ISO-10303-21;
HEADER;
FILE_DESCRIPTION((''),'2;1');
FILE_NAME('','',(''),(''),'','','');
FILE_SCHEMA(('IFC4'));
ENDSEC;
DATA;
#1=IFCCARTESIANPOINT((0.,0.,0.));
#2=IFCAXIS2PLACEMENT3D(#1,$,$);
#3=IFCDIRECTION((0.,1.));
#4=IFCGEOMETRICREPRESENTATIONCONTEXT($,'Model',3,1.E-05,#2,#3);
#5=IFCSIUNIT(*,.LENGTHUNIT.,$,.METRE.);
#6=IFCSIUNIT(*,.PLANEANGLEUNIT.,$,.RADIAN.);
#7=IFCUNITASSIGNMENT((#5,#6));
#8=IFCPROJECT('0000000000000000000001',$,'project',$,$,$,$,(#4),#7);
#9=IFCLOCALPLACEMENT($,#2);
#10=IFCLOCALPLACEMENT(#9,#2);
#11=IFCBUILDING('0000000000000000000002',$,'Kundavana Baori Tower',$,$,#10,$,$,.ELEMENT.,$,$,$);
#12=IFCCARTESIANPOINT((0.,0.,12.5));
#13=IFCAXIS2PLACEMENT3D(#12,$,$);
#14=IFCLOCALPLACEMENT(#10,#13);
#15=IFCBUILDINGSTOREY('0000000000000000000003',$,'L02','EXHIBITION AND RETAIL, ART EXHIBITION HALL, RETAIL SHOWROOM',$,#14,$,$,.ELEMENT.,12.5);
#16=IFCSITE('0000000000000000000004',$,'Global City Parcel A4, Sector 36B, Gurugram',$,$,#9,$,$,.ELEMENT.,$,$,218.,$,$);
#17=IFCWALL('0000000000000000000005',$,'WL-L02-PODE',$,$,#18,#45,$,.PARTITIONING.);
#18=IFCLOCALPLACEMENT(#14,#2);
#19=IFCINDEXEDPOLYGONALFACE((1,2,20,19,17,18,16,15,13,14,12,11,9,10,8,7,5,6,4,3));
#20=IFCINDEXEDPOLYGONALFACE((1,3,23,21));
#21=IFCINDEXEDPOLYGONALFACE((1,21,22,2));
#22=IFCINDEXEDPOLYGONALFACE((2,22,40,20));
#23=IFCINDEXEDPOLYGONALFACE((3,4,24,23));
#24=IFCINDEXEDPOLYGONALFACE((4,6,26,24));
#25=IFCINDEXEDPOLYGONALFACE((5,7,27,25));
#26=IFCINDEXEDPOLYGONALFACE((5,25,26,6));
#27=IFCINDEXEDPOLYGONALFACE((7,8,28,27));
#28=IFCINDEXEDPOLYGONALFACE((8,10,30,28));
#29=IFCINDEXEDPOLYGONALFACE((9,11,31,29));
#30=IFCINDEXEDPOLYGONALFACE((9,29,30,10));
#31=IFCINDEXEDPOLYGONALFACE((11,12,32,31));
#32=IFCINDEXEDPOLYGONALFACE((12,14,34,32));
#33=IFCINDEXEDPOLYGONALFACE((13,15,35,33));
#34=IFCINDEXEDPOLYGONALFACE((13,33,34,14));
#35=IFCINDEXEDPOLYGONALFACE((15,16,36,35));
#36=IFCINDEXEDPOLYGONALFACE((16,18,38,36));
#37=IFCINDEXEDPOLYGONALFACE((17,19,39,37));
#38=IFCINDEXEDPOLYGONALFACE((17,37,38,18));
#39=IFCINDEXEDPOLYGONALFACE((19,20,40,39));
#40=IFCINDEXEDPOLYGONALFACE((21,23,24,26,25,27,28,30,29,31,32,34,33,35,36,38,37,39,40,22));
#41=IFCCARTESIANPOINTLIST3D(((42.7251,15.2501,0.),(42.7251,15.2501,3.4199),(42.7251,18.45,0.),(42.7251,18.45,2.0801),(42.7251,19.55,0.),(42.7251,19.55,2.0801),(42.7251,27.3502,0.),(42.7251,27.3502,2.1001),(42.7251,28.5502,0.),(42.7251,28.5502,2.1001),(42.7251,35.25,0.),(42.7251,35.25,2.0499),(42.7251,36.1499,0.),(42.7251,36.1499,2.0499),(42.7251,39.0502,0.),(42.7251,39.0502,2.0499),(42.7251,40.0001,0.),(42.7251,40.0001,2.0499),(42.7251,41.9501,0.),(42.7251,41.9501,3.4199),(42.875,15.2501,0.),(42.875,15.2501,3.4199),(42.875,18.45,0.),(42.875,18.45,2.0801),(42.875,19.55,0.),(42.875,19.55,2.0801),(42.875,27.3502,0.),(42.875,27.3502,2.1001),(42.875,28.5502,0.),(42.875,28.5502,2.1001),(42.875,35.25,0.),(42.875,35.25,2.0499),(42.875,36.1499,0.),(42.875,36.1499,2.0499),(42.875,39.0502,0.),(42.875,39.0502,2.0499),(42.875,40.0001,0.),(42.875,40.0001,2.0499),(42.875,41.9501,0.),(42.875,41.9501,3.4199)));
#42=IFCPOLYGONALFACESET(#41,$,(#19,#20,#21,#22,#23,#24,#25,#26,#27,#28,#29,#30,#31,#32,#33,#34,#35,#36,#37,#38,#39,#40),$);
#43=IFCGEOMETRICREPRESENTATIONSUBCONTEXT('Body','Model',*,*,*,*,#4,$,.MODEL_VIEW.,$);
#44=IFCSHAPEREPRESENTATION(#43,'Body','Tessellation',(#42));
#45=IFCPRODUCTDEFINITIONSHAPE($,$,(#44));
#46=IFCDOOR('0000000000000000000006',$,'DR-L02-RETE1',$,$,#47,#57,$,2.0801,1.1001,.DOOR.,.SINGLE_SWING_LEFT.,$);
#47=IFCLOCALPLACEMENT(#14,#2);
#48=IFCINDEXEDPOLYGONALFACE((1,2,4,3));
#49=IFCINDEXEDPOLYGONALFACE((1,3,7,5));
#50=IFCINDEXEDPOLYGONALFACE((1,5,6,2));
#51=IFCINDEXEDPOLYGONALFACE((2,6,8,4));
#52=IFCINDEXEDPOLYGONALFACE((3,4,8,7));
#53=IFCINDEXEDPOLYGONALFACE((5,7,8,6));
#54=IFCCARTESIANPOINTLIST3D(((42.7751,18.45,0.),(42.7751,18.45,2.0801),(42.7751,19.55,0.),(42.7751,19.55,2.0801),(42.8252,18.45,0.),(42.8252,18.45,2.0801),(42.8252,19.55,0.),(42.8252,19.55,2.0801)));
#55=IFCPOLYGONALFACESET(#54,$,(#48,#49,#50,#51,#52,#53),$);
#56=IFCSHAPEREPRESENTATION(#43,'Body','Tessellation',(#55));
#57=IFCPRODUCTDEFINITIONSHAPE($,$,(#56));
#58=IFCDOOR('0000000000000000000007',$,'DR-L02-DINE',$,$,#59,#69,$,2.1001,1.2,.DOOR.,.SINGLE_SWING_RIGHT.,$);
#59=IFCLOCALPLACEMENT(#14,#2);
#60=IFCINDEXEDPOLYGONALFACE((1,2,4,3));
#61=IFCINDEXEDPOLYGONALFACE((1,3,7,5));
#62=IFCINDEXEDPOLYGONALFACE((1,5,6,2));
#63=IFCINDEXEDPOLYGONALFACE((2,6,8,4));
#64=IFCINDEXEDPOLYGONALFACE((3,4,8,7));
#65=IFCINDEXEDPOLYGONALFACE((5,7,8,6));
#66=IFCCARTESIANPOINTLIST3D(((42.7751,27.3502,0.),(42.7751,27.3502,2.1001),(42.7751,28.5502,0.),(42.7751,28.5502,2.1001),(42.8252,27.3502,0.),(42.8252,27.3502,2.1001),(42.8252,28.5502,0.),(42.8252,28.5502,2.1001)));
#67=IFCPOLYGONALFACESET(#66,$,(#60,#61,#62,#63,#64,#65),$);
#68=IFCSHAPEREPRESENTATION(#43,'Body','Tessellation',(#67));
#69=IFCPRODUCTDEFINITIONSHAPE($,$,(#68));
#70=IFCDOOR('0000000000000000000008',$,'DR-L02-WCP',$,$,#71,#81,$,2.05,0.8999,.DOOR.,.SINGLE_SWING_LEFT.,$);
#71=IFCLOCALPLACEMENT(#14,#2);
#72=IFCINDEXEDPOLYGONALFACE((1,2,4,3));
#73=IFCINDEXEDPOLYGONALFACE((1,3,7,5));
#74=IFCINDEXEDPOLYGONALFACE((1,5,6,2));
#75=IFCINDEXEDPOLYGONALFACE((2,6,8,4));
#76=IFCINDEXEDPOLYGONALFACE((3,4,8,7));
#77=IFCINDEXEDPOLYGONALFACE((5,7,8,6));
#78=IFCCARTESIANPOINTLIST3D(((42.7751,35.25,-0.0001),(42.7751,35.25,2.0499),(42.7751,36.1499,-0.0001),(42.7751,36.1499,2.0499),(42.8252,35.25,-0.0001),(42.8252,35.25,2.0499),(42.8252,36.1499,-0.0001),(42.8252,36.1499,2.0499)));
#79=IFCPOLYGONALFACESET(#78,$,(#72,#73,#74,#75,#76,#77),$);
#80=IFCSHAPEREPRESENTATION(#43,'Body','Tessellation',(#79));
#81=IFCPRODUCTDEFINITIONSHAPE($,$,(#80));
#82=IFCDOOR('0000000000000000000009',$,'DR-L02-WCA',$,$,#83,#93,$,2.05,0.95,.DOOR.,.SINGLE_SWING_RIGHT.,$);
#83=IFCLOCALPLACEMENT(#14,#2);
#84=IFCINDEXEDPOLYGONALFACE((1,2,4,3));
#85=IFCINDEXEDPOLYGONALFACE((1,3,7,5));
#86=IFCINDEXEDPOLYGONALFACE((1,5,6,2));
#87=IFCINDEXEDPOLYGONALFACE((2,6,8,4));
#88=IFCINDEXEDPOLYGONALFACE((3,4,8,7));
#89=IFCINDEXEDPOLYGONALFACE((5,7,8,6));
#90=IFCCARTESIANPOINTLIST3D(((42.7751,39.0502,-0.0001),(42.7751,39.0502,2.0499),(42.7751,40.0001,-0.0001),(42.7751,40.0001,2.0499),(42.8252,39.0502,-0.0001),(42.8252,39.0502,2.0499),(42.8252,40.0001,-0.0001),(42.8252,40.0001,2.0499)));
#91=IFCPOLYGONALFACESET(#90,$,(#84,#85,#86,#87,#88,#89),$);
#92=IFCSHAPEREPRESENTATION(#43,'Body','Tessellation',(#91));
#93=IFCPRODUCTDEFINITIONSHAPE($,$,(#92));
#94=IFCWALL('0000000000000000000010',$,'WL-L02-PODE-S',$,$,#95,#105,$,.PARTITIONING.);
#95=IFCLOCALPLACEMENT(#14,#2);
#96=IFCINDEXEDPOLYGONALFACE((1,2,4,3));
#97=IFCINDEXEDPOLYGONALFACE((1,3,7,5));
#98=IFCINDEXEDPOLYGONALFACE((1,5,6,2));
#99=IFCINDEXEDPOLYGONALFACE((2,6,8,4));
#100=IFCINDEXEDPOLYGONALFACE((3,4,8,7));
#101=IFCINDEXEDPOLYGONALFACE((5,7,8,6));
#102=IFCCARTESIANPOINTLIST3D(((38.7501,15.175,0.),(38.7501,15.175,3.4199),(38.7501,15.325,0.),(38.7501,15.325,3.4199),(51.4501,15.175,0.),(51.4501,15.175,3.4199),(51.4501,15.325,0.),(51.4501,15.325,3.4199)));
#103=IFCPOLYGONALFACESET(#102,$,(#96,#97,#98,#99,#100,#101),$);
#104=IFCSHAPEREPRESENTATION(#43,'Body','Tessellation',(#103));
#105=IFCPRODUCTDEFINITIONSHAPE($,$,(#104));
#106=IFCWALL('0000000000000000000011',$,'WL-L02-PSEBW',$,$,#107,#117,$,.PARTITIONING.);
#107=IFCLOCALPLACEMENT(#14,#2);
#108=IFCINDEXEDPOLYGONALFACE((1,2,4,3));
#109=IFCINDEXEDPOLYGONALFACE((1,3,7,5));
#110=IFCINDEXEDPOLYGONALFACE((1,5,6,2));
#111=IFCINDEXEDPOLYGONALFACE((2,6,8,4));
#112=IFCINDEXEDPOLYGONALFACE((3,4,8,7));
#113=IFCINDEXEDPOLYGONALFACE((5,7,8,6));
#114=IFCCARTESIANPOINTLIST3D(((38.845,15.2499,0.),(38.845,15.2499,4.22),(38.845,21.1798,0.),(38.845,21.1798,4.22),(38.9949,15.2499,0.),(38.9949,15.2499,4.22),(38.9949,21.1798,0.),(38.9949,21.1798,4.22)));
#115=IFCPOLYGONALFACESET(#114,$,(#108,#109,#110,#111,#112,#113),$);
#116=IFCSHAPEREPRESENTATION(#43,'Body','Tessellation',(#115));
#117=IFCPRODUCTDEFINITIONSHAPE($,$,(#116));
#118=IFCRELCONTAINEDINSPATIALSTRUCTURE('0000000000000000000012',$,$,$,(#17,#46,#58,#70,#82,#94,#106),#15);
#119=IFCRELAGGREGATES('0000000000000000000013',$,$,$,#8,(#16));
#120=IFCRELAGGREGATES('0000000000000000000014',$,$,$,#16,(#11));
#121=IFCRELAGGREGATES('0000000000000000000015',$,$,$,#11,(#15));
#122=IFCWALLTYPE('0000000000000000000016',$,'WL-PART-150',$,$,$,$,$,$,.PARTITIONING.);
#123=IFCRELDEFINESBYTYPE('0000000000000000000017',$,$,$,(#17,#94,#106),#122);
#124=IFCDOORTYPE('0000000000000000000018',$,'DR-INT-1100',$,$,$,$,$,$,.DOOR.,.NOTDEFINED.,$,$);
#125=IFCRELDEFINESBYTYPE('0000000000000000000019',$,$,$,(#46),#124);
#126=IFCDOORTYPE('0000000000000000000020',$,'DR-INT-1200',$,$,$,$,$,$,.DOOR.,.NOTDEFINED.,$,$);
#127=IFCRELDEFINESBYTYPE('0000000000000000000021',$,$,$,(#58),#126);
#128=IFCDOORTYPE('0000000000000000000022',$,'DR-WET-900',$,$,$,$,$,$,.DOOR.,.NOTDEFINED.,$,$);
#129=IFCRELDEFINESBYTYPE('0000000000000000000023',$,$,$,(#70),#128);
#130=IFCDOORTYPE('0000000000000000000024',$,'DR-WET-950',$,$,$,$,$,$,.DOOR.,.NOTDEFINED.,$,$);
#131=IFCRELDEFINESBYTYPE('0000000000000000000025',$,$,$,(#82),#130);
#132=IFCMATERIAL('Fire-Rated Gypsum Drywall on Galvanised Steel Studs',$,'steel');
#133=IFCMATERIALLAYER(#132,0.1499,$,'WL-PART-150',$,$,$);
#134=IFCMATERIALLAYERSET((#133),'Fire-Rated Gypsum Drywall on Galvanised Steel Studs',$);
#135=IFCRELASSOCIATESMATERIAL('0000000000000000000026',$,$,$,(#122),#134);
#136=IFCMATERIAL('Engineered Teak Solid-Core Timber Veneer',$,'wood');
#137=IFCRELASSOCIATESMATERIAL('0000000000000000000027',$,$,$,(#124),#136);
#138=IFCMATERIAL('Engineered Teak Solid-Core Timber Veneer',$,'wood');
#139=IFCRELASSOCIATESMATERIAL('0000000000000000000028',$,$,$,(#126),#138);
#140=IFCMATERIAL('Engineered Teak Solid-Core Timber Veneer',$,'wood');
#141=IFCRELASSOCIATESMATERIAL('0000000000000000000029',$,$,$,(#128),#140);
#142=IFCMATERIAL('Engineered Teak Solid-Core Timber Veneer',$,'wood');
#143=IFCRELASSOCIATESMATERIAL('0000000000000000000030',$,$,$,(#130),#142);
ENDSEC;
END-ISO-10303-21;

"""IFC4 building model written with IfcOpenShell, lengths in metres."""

from ifc_helpers import new_model, si_unit, direction, frame, frame_2d, origin, place, context, subcontext, project, spatial, rectangle, extrude, material, layer, layer_set, type_object, element, fill, save


model = new_model("IFC4")

# Units and contexts
model_context = context("Model", 3, precision=1e-05, world=origin(), true_north=direction((0.0, 1.0)))
body_context = subcontext(model_context, "Body", "Model", "MODEL_VIEW")
ifc_project = project(units=[si_unit("LENGTHUNIT", "METRE"), si_unit("PLANEANGLEUNIT", "RADIAN")], contexts=[model_context])

# Site, building, storey
site_placement = place(None, origin())
site = spatial("IfcSite", under=ifc_project, at=site_placement, Name="Global City Parcel A4, Sector 36B, Gurugram", CompositionType="ELEMENT", RefElevation=218.0)
building_placement = place(site_placement, origin())
building = spatial("IfcBuilding", under=site, at=building_placement, Name="Kundavana Baori Tower", CompositionType="ELEMENT")
storey_placement = place(building_placement, frame((0.0, 0.0, 12.5)))
storey = spatial("IfcBuildingStorey", under=building, at=storey_placement, Name="L02", Description="EXHIBITION AND RETAIL, ART EXHIBITION HALL, RETAIL SHOWROOM", CompositionType="ELEMENT", Elevation=12.5)

# Wall, openings, doors
ifc_material_1 = material(Name="Fire-Rated Gypsum Drywall on Galvanised Steel Studs", Category="steel")
ifc_layer_1 = layer(ifc_material_1, 0.1499, Name="WL-PART-150")
ifc_layer_set_1 = layer_set([ifc_layer_1], Name="Fire-Rated Gypsum Drywall on Galvanised Steel Studs")
wall_type_1 = type_object("IfcWallType", Name="WL-PART-150", PredefinedType="PARTITIONING", material=ifc_layer_set_1)
wall_1_placement = place(storey_placement, frame((42.8, 15.25, 0.0), z_axis=(0.0, 0.0, 1.0), x_axis=(0.0, 1.0, 0.0)))
wall_1 = element("IfcWall", 1, at=wall_1_placement, inside=storey, type_object=wall_type_1, Name="WL-L02-PODE", PredefinedType="PARTITIONING", context=body_context, shape_type="SweptSolid", body=[
    extrude(rectangle(XDim=26.7, YDim=0.1499, at=frame_2d((13.3501, 0.0))), origin(), (0.0, 0.0, 1.0), 3.4199),
])
opening_1_placement = place(wall_1_placement, frame((3.2, 0.0, 0.0)))
opening_1 = element("IfcOpeningElement", 2, at=opening_1_placement, cuts=wall_1, PredefinedType="OPENING", context=body_context, shape_type="SweptSolid", body=[
    extrude(rectangle(XDim=1.1001, YDim=2.0801, at=frame_2d((0.55, 1.04))), frame((0.0, 0.085, 0.0), z_axis=(0.0, -1.0, 0.0), x_axis=(1.0, 0.0, 0.0)), (0.0, 0.0, 1.0), 0.1699),
])
opening_2_placement = place(wall_1_placement, frame((12.1001, 0.0, 0.0)))
opening_2 = element("IfcOpeningElement", 3, at=opening_2_placement, cuts=wall_1, PredefinedType="OPENING", context=body_context, shape_type="SweptSolid", body=[
    extrude(rectangle(XDim=1.2, YDim=2.1001, at=frame_2d((0.6001, 1.05))), frame((0.0, 0.085, 0.0), z_axis=(0.0, -1.0, 0.0), x_axis=(1.0, 0.0, 0.0)), (0.0, 0.0, 1.0), 0.1699),
])
opening_3_placement = place(wall_1_placement, frame((20.0, 0.0, 0.0)))
opening_3 = element("IfcOpeningElement", 4, at=opening_3_placement, cuts=wall_1, PredefinedType="OPENING", context=body_context, shape_type="SweptSolid", body=[
    extrude(rectangle(XDim=0.8999, YDim=2.05, at=frame_2d((0.45, 1.0249))), frame((0.0, 0.085, 0.0), z_axis=(0.0, -1.0, 0.0), x_axis=(1.0, 0.0, 0.0)), (0.0, 0.0, 1.0), 0.1699),
])
opening_4_placement = place(wall_1_placement, frame((23.8, 0.0, 0.0)))
opening_4 = element("IfcOpeningElement", 5, at=opening_4_placement, cuts=wall_1, PredefinedType="OPENING", context=body_context, shape_type="SweptSolid", body=[
    extrude(rectangle(XDim=0.95, YDim=2.05, at=frame_2d((0.4751, 1.0249))), frame((0.0, 0.085, 0.0), z_axis=(0.0, -1.0, 0.0), x_axis=(1.0, 0.0, 0.0)), (0.0, 0.0, 1.0), 0.1699),
])
ifc_material_2 = material(Name="Engineered Teak Solid-Core Timber Veneer", Category="wood")
door_type_1 = type_object("IfcDoorType", Name="DR-INT-1100", OperationType="NOTDEFINED", PredefinedType="DOOR", material=ifc_material_2)
door_1_placement = place(opening_1_placement, origin())
door_1 = element("IfcDoor", 6, at=door_1_placement, inside=storey, type_object=door_type_1, Name="DR-L02-RETE1", OperationType="SINGLE_SWING_LEFT", OverallHeight=2.0801, OverallWidth=1.1001, PredefinedType="DOOR", context=body_context, shape_type="SweptSolid", body=[
    extrude(rectangle(XDim=1.1001, YDim=2.0801, at=frame_2d((0.55, 1.04))), frame((0.0, 0.0249, 0.0), z_axis=(0.0, -1.0, 0.0), x_axis=(1.0, 0.0, 0.0)), (0.0, 0.0, 1.0), 0.05),
])
fill(opening_1, door_1)
ifc_material_3 = material(Name="Engineered Teak Solid-Core Timber Veneer", Category="wood")
door_type_2 = type_object("IfcDoorType", Name="DR-INT-1200", OperationType="NOTDEFINED", PredefinedType="DOOR", material=ifc_material_3)
door_2_placement = place(opening_2_placement, origin())
door_2 = element("IfcDoor", 7, at=door_2_placement, inside=storey, type_object=door_type_2, Name="DR-L02-DINE", OperationType="SINGLE_SWING_RIGHT", OverallHeight=2.1001, OverallWidth=1.2, PredefinedType="DOOR", context=body_context, shape_type="SweptSolid", body=[
    extrude(rectangle(XDim=1.2, YDim=2.1001, at=frame_2d((0.6001, 1.05))), frame((0.0, 0.0249, 0.0), z_axis=(0.0, -1.0, 0.0), x_axis=(1.0, 0.0, 0.0)), (0.0, 0.0, 1.0), 0.05),
])
fill(opening_2, door_2)
ifc_material_4 = material(Name="Engineered Teak Solid-Core Timber Veneer", Category="wood")
door_type_3 = type_object("IfcDoorType", Name="DR-WET-900", OperationType="NOTDEFINED", PredefinedType="DOOR", material=ifc_material_4)
door_3_placement = place(opening_3_placement, origin())
door_3 = element("IfcDoor", 8, at=door_3_placement, inside=storey, type_object=door_type_3, Name="DR-L02-WCP", OperationType="SINGLE_SWING_LEFT", OverallHeight=2.05, OverallWidth=0.8999, PredefinedType="DOOR", context=body_context, shape_type="SweptSolid", body=[
    extrude(rectangle(XDim=0.8999, YDim=2.05, at=frame_2d((0.45, 1.0249))), frame((0.0, 0.0249, 0.0), z_axis=(0.0, -1.0, 0.0), x_axis=(1.0, 0.0, 0.0)), (0.0, 0.0, 1.0), 0.05),
])
fill(opening_3, door_3)
ifc_material_5 = material(Name="Engineered Teak Solid-Core Timber Veneer", Category="wood")
door_type_4 = type_object("IfcDoorType", Name="DR-WET-950", OperationType="NOTDEFINED", PredefinedType="DOOR", material=ifc_material_5)
door_4_placement = place(opening_4_placement, origin())
door_4 = element("IfcDoor", 9, at=door_4_placement, inside=storey, type_object=door_type_4, Name="DR-L02-WCA", OperationType="SINGLE_SWING_RIGHT", OverallHeight=2.05, OverallWidth=0.95, PredefinedType="DOOR", context=body_context, shape_type="SweptSolid", body=[
    extrude(rectangle(XDim=0.95, YDim=2.05, at=frame_2d((0.4751, 1.0249))), frame((0.0, 0.0249, 0.0), z_axis=(0.0, -1.0, 0.0), x_axis=(1.0, 0.0, 0.0)), (0.0, 0.0, 1.0), 0.05),
])
fill(opening_4, door_4)

# Walls
wall_2_placement = place(storey_placement, frame((38.75, 15.25, 0.0), z_axis=(0.0, 0.0, 1.0), x_axis=(1.0, 0.0, 0.0)))
element("IfcWall", 10, at=wall_2_placement, inside=storey, type_object=wall_type_1, Name="WL-L02-PODE-S", PredefinedType="PARTITIONING", context=body_context, shape_type="SweptSolid", body=[
    extrude(rectangle(XDim=12.7, YDim=0.1499, at=frame_2d((6.3501, 0.0))), origin(), (0.0, 0.0, 1.0), 3.4199),
])
wall_3_placement = place(storey_placement, frame((38.9199, 15.25, 0.0), z_axis=(0.0, 0.0, 1.0), x_axis=(0.0, 1.0, 0.0)))
element("IfcWall", 11, at=wall_3_placement, inside=storey, type_object=wall_type_1, Name="WL-L02-PSEBW", PredefinedType="PARTITIONING", context=body_context, shape_type="SweptSolid", body=[
    extrude(rectangle(XDim=5.9299, YDim=0.1499, at=frame_2d((2.9648, 0.0))), origin(), (0.0, 0.0, 1.0), 4.22),
])

save(model, "model.ifc")
